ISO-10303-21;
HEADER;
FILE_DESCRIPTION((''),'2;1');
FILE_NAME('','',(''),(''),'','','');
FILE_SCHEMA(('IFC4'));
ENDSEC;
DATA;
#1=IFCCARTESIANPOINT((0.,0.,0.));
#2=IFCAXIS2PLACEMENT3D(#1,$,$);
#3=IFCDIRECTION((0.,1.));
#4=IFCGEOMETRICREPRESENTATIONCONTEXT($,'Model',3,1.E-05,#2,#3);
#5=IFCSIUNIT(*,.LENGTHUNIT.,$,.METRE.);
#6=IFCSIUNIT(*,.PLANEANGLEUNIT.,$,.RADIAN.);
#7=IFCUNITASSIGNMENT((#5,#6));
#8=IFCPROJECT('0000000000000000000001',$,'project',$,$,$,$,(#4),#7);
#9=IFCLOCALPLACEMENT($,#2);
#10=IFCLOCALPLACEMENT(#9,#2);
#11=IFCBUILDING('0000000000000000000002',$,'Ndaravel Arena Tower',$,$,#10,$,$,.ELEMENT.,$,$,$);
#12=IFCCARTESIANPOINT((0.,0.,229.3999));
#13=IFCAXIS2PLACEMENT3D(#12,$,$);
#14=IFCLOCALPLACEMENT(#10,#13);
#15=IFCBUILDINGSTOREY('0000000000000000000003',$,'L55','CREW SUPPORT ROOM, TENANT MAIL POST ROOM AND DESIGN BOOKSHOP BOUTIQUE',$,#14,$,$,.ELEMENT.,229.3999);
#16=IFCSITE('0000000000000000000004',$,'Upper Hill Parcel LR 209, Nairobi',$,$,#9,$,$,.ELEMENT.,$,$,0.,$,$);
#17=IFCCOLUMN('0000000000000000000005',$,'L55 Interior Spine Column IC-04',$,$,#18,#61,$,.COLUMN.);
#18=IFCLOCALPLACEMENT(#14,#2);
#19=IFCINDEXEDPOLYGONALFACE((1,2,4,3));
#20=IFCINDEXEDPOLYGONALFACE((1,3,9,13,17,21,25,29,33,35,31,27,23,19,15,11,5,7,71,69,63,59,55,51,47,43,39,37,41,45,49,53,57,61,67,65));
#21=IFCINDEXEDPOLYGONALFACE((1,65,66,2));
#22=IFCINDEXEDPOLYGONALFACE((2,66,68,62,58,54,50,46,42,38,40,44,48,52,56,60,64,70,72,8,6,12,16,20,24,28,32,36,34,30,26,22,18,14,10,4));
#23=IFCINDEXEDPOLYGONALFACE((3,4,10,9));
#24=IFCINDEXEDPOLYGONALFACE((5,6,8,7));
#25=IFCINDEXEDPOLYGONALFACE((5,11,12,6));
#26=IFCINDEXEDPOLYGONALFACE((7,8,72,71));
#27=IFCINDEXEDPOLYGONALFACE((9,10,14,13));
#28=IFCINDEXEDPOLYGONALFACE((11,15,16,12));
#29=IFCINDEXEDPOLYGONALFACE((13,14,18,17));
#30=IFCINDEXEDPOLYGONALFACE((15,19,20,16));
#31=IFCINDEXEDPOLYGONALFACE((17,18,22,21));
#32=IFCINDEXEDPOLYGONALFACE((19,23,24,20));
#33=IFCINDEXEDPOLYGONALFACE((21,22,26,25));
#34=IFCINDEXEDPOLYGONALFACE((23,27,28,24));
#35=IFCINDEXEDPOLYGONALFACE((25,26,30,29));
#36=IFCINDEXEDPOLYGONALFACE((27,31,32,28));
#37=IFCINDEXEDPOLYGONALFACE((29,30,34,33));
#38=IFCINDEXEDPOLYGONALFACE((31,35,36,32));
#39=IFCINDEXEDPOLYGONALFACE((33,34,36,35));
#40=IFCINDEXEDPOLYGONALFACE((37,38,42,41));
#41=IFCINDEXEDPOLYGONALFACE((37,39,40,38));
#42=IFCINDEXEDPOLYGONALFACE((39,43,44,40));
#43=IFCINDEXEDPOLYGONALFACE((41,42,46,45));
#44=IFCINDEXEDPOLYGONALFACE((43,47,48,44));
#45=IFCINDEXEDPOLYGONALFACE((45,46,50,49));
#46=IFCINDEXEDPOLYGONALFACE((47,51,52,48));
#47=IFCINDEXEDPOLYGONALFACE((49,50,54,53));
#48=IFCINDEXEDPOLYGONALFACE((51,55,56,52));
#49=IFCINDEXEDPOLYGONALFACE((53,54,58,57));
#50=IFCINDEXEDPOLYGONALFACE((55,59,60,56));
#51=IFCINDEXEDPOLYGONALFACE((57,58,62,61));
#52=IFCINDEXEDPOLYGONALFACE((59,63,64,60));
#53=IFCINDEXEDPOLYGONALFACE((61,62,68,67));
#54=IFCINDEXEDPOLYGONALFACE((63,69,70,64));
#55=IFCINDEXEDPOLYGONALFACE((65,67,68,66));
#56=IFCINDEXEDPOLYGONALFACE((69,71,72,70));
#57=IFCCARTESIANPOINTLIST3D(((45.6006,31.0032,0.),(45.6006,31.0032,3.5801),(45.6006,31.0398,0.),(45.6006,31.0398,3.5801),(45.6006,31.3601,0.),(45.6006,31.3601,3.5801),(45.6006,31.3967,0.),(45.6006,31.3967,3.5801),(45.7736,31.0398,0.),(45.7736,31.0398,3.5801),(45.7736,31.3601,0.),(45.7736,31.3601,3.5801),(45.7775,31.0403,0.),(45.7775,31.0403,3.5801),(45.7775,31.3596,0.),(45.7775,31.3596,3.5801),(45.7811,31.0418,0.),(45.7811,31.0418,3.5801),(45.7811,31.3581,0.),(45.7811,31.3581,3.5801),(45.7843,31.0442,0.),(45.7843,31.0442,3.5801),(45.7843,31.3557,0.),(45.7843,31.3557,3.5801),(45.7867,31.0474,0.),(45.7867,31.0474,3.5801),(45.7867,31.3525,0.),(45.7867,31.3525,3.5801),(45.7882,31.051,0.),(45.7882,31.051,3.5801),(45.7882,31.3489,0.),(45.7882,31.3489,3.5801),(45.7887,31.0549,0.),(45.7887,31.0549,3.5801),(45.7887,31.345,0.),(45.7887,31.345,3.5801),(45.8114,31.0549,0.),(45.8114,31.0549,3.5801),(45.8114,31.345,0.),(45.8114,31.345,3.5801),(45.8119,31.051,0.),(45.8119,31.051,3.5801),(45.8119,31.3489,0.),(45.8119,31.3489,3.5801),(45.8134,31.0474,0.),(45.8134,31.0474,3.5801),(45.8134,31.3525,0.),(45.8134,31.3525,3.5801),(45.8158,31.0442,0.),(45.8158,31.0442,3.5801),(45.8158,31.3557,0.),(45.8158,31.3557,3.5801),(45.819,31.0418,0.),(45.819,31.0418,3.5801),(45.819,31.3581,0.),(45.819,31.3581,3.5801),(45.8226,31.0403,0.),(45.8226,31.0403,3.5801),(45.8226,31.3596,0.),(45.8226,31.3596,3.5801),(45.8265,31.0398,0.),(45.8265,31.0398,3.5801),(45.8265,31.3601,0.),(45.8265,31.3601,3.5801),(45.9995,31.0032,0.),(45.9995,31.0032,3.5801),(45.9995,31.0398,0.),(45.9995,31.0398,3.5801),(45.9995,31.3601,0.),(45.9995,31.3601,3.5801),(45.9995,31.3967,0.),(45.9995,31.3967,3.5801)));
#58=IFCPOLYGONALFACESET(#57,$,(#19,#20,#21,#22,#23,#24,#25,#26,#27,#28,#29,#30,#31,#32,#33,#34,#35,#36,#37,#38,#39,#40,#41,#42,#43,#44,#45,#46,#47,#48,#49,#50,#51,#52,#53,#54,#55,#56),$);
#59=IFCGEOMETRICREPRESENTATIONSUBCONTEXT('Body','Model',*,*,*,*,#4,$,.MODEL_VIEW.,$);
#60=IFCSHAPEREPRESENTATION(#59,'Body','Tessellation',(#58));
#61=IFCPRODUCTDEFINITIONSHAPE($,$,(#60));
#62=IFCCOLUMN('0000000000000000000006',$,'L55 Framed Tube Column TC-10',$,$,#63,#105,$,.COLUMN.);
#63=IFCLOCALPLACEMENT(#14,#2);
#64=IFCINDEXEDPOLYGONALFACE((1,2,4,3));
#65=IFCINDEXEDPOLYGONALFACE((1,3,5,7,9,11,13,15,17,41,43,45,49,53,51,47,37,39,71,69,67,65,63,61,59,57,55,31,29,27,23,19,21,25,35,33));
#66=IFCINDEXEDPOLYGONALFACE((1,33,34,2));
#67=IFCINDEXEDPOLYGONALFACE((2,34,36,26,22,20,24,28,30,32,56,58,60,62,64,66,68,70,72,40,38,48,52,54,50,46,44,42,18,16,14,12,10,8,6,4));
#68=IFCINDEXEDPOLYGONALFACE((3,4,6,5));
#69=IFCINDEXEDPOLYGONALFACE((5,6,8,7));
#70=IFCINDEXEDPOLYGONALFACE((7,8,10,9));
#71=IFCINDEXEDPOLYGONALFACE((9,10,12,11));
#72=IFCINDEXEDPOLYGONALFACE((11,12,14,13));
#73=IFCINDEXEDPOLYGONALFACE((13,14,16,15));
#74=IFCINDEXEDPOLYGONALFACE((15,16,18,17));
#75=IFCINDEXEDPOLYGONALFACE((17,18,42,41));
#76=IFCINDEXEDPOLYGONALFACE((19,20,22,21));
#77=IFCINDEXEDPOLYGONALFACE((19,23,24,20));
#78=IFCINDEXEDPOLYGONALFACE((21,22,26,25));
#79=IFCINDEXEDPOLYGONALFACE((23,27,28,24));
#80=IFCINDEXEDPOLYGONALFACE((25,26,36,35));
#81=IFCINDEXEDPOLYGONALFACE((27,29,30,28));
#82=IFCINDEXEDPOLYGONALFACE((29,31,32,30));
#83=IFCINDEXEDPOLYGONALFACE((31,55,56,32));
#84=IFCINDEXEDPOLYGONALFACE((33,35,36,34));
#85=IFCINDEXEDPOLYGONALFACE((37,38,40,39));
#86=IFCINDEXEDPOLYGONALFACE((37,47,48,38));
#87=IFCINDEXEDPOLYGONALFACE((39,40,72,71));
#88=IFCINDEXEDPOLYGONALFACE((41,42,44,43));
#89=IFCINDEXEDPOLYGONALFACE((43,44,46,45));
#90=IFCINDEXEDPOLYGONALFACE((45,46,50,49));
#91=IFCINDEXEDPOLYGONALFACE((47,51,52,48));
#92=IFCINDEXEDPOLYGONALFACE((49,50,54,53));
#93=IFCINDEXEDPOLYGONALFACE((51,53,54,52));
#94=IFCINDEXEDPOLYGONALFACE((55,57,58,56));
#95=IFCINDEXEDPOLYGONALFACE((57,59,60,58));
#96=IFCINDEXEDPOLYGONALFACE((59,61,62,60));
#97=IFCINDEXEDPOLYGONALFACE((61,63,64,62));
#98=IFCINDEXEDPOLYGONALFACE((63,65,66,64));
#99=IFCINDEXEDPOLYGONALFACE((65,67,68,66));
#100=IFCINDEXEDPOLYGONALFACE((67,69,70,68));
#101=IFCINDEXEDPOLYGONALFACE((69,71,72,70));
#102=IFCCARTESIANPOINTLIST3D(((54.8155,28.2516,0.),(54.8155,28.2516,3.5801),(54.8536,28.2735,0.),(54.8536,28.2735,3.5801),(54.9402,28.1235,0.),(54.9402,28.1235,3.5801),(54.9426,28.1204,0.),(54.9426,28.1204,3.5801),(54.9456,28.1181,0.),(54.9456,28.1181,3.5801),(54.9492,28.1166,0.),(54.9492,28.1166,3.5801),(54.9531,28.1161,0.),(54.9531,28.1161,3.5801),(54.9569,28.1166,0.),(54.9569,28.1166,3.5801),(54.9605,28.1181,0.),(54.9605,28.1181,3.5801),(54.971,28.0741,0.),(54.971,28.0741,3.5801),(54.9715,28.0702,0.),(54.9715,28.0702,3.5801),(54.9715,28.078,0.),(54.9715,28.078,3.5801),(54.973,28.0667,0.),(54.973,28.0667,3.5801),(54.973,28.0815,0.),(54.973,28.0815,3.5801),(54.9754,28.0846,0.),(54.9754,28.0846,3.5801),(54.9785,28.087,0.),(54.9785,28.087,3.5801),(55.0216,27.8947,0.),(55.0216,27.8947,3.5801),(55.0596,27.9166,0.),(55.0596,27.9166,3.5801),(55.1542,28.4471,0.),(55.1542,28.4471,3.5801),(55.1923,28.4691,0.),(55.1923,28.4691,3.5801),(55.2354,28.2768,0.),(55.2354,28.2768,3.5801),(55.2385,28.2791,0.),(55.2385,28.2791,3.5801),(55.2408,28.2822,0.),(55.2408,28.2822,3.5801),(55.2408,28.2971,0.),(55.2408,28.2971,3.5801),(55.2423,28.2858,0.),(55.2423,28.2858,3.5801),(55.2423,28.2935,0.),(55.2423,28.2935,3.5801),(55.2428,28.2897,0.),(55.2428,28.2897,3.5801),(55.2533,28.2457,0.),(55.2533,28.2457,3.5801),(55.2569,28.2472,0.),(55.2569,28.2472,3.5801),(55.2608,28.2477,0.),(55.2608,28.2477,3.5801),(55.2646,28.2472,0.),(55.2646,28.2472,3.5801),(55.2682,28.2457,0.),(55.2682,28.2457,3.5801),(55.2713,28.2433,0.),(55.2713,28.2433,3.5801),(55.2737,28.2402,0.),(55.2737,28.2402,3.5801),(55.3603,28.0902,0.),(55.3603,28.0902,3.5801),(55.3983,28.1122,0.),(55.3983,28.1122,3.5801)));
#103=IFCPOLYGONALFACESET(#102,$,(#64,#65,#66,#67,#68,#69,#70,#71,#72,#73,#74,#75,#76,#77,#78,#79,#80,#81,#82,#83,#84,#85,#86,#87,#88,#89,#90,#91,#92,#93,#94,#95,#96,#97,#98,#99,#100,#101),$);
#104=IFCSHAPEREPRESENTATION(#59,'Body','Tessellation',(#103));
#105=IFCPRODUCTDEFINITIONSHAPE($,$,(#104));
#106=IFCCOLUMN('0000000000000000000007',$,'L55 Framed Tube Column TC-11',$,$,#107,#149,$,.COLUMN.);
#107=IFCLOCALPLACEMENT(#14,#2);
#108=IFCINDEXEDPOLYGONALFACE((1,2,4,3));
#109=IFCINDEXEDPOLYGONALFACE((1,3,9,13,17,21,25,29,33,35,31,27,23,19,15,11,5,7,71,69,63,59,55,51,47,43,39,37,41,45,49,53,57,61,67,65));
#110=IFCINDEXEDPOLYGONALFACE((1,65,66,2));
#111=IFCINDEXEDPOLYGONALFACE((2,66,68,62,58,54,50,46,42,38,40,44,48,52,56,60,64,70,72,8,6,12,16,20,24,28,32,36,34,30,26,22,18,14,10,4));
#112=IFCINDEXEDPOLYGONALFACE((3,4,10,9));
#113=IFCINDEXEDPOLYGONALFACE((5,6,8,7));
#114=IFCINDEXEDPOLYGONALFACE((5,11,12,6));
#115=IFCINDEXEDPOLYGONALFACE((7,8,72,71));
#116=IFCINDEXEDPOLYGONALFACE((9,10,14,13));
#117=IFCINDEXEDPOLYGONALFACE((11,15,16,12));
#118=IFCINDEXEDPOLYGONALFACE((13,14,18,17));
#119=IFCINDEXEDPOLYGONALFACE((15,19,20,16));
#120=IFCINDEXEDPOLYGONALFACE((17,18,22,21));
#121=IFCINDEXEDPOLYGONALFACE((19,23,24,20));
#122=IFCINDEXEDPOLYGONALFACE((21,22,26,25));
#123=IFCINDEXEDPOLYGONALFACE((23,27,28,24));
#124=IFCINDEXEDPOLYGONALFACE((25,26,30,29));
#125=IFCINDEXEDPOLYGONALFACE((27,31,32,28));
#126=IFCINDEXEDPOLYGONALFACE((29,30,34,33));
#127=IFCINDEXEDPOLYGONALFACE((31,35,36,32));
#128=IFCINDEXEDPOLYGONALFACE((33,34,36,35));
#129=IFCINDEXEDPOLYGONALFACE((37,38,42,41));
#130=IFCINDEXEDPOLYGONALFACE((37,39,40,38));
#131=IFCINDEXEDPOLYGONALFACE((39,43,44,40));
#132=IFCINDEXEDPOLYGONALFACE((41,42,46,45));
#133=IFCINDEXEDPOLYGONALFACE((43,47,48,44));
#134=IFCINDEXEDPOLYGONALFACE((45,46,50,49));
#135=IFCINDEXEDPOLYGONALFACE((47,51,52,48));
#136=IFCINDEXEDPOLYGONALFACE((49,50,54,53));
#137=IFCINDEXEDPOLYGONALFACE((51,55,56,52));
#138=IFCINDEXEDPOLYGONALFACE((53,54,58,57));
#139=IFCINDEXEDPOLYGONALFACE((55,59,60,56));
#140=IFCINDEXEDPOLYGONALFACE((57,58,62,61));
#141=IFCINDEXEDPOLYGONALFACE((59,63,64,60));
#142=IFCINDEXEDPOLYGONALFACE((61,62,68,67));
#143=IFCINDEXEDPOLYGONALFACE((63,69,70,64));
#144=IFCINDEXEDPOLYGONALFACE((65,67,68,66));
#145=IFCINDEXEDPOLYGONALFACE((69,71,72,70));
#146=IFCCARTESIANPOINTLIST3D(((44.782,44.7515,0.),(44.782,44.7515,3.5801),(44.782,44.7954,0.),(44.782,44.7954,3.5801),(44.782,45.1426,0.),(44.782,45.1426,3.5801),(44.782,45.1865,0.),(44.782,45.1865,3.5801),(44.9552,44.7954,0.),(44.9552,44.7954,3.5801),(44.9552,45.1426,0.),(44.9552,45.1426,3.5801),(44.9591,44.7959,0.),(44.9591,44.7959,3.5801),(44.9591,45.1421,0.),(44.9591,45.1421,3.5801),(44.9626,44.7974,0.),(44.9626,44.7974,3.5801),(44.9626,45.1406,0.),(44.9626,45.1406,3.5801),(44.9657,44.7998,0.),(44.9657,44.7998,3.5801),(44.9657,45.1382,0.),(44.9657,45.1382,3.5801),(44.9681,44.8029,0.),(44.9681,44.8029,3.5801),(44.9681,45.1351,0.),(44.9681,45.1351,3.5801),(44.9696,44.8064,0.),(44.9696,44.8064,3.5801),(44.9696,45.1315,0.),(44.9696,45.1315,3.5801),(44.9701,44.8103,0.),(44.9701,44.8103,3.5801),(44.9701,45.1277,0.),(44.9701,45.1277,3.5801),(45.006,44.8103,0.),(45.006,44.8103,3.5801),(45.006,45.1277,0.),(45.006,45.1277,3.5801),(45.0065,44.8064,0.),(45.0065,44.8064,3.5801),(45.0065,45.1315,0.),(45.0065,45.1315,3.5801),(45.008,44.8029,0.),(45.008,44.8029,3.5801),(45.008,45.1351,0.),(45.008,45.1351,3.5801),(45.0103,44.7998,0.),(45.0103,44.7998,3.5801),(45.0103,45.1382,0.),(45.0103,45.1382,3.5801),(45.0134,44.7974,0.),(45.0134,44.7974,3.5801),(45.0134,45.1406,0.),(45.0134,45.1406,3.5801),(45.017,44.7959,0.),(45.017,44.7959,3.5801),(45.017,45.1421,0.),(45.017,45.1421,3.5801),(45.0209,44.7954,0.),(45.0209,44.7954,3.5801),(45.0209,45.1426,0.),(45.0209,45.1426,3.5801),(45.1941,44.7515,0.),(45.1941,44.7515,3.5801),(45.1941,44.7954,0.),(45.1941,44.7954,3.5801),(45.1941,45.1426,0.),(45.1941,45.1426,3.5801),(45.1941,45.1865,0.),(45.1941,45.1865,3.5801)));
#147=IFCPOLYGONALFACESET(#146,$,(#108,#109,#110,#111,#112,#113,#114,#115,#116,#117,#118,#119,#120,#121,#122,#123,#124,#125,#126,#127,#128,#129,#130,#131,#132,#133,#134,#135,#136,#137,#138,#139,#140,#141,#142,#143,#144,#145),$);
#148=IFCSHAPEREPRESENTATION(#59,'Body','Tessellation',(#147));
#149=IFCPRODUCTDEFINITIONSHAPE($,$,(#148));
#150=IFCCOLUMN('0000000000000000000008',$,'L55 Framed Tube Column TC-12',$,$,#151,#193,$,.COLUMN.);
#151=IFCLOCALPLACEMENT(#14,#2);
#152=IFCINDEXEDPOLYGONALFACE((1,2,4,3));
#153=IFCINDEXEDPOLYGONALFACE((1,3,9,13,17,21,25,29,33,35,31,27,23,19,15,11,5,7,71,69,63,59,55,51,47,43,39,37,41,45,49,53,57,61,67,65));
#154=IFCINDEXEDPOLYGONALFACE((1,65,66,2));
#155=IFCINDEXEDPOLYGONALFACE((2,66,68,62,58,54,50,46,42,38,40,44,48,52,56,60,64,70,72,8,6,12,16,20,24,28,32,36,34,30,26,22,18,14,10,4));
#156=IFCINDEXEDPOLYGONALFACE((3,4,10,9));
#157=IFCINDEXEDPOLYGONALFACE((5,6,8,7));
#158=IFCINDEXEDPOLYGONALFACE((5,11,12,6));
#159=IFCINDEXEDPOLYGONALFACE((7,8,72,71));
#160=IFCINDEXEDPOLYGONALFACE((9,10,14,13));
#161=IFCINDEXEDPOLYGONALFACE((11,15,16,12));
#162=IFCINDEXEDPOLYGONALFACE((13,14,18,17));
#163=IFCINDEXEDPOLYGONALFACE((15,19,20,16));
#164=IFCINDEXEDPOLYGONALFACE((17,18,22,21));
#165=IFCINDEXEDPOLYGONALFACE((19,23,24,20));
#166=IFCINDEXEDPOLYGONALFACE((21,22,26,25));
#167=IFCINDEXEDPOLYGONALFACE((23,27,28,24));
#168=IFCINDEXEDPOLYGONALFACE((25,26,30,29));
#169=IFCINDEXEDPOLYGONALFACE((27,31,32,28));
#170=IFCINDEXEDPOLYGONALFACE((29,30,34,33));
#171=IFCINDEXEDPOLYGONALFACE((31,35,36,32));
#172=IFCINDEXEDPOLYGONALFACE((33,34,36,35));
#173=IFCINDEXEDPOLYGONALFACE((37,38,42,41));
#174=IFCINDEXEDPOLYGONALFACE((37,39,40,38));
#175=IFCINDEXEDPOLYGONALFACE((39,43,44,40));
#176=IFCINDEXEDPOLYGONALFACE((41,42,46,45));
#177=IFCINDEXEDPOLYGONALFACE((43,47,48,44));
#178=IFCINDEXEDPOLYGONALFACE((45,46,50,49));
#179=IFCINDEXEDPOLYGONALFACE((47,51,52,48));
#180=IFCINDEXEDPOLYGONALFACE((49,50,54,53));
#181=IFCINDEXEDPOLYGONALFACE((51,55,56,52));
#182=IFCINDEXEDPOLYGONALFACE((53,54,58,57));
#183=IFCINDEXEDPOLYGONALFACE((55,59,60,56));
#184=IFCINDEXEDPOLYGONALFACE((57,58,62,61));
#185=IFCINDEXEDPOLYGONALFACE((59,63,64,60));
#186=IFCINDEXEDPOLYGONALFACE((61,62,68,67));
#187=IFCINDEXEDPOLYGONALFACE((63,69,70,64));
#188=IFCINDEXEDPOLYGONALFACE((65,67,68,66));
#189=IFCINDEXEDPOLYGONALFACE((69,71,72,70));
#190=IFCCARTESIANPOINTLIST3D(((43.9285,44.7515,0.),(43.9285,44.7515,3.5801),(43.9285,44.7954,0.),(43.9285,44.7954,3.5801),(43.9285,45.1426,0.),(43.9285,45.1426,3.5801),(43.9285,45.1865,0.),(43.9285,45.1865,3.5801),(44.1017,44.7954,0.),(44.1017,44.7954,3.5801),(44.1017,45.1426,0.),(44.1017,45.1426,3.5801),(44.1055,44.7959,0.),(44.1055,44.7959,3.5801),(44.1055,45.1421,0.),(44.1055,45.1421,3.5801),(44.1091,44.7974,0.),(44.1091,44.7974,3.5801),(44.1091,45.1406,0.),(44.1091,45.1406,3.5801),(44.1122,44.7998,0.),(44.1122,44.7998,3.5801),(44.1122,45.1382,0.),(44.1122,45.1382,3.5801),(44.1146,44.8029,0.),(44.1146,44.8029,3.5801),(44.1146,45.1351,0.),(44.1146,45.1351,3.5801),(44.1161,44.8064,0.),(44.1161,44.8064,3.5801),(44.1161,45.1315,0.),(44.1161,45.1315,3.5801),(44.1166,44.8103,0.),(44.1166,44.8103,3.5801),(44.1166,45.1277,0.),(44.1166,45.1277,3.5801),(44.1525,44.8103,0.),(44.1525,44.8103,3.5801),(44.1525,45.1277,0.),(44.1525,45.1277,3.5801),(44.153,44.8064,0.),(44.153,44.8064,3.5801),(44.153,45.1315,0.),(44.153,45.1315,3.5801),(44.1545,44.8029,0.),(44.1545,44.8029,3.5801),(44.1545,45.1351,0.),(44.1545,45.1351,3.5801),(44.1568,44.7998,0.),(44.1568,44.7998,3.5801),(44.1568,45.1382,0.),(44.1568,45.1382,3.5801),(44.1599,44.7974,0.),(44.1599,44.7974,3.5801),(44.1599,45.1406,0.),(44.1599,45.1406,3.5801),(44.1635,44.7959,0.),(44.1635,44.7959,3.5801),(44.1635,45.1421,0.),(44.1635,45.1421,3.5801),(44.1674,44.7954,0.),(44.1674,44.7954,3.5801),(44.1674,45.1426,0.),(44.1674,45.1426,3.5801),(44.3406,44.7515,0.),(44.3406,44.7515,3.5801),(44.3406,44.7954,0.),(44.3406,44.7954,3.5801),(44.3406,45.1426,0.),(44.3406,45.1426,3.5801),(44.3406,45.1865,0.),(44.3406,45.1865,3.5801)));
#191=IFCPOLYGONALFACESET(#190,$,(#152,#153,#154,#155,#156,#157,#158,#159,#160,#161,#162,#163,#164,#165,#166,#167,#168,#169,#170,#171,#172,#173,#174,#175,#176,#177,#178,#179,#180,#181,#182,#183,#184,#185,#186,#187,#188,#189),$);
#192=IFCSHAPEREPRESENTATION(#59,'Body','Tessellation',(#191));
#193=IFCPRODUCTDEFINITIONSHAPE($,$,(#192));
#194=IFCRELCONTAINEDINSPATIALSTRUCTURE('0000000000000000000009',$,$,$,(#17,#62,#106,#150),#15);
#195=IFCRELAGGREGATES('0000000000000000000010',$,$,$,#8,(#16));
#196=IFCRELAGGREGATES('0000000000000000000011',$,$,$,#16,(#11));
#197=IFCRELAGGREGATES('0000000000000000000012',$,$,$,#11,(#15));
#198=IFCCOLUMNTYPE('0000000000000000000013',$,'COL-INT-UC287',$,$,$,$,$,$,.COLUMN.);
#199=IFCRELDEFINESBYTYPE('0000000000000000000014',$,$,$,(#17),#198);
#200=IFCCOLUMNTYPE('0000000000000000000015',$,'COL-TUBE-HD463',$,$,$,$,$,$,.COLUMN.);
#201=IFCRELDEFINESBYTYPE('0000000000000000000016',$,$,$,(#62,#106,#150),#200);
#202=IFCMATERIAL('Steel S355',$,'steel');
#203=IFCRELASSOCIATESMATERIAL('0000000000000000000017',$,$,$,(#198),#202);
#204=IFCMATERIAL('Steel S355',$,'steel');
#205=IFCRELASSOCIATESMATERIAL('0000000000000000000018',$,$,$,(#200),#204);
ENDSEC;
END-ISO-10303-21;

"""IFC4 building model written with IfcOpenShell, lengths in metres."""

from ifc_helpers import new_model, si_unit, direction, frame, origin, origin_2d, place, context, subcontext, project, spatial, i_section, extrude, material, material_profile, profile_set, type_object, element, save


model = new_model("IFC4")

# Units and contexts
model_context = context("Model", 3, precision=1e-05, world=origin(), true_north=direction((0.0, 1.0)))
body_context = subcontext(model_context, "Body", "Model", "MODEL_VIEW")
ifc_project = project(units=[si_unit("LENGTHUNIT", "METRE"), si_unit("PLANEANGLEUNIT", "RADIAN")], contexts=[model_context])

# Site, building, storey
site_placement = place(None, origin())
site = spatial("IfcSite", under=ifc_project, at=site_placement, Name="Upper Hill Parcel LR 209, Nairobi", CompositionType="ELEMENT", RefElevation=0.0)
building_placement = place(site_placement, origin())
building = spatial("IfcBuilding", under=site, at=building_placement, Name="Ndaravel Arena Tower", CompositionType="ELEMENT")
storey_placement = place(building_placement, frame((0.0, 0.0, 229.3999)))
storey = spatial("IfcBuildingStorey", under=building, at=storey_placement, Name="L55", Description="CREW SUPPORT ROOM, TENANT MAIL POST ROOM AND DESIGN BOOKSHOP BOUTIQUE", CompositionType="ELEMENT", Elevation=229.3999)

# Columns
ifc_material_1 = material(Name="Steel S355", Category="steel")
ifc_material_profile_1 = material_profile(ifc_material_1, i_section(OverallWidth=0.3989, OverallDepth=0.3936, WebThickness=0.0227, FlangeThickness=0.0366, FilletRadius=0.0151, at=origin_2d()), Name="UC 356x406x287")
ifc_profile_set_1 = profile_set([ifc_material_profile_1], Name="Steel S355")
column_type_1 = type_object("IfcColumnType", Name="COL-INT-UC287", PredefinedType="COLUMN", material=ifc_profile_set_1)
column_placement = place(storey_placement, frame((45.8, 31.2, 0.0), z_axis=(0.0, 0.0, 1.0), x_axis=(1.0, 0.0, 0.0)))
element("IfcColumn", 1, at=column_placement, inside=storey, type_object=column_type_1, Name="L55 Interior Spine Column IC-04", PredefinedType="COLUMN", context=body_context, shape_type="SweptSolid", body=[
    extrude(i_section(OverallWidth=0.3989, OverallDepth=0.3936, WebThickness=0.0227, FlangeThickness=0.0366, FilletRadius=0.0151, at=origin_2d()), origin(), (0.0, 0.0, 1.0), 3.5801),
])
ifc_material_2 = material(Name="Steel S355", Category="steel")
ifc_material_profile_2 = material_profile(ifc_material_2, i_section(OverallWidth=0.4121, OverallDepth=0.4351, WebThickness=0.0359, FlangeThickness=0.0439, FilletRadius=0.0149, at=origin_2d()), Name="HD 400x463")
ifc_profile_set_2 = profile_set([ifc_material_profile_2], Name="Steel S355")
column_type_2 = type_object("IfcColumnType", Name="COL-TUBE-HD463", PredefinedType="COLUMN", material=ifc_profile_set_2)
for number, where, z_axis, x_axis, name in (
    (2, (55.1069, 28.1819, 0.0), (0.0, 0.0, 1.0), (-0.5, 0.866025, 0.0), "L55 Framed Tube Column TC-10"),
    (3, (44.988, 44.969, 0.0), (0.0, 0.0, 1.0), (1.0, 0.0, 0.0), "L55 Framed Tube Column TC-11"),
    (4, (44.1345, 44.969, 0.0), (0.0, 0.0, 1.0), (1.0, 0.0, 0.0), "L55 Framed Tube Column TC-12"),
):
    element("IfcColumn", number, at=place(storey_placement, frame(where, z_axis=z_axis, x_axis=x_axis)), inside=storey, type_object=column_type_2, Name=name, PredefinedType="COLUMN", context=body_context, shape_type="SweptSolid", body=[
        extrude(i_section(OverallWidth=0.4121, OverallDepth=0.4351, WebThickness=0.0359, FlangeThickness=0.0439, FilletRadius=0.0149, at=origin_2d()), origin(), (0.0, 0.0, 1.0), 3.5801),
    ])

save(model, "model.ifc")
